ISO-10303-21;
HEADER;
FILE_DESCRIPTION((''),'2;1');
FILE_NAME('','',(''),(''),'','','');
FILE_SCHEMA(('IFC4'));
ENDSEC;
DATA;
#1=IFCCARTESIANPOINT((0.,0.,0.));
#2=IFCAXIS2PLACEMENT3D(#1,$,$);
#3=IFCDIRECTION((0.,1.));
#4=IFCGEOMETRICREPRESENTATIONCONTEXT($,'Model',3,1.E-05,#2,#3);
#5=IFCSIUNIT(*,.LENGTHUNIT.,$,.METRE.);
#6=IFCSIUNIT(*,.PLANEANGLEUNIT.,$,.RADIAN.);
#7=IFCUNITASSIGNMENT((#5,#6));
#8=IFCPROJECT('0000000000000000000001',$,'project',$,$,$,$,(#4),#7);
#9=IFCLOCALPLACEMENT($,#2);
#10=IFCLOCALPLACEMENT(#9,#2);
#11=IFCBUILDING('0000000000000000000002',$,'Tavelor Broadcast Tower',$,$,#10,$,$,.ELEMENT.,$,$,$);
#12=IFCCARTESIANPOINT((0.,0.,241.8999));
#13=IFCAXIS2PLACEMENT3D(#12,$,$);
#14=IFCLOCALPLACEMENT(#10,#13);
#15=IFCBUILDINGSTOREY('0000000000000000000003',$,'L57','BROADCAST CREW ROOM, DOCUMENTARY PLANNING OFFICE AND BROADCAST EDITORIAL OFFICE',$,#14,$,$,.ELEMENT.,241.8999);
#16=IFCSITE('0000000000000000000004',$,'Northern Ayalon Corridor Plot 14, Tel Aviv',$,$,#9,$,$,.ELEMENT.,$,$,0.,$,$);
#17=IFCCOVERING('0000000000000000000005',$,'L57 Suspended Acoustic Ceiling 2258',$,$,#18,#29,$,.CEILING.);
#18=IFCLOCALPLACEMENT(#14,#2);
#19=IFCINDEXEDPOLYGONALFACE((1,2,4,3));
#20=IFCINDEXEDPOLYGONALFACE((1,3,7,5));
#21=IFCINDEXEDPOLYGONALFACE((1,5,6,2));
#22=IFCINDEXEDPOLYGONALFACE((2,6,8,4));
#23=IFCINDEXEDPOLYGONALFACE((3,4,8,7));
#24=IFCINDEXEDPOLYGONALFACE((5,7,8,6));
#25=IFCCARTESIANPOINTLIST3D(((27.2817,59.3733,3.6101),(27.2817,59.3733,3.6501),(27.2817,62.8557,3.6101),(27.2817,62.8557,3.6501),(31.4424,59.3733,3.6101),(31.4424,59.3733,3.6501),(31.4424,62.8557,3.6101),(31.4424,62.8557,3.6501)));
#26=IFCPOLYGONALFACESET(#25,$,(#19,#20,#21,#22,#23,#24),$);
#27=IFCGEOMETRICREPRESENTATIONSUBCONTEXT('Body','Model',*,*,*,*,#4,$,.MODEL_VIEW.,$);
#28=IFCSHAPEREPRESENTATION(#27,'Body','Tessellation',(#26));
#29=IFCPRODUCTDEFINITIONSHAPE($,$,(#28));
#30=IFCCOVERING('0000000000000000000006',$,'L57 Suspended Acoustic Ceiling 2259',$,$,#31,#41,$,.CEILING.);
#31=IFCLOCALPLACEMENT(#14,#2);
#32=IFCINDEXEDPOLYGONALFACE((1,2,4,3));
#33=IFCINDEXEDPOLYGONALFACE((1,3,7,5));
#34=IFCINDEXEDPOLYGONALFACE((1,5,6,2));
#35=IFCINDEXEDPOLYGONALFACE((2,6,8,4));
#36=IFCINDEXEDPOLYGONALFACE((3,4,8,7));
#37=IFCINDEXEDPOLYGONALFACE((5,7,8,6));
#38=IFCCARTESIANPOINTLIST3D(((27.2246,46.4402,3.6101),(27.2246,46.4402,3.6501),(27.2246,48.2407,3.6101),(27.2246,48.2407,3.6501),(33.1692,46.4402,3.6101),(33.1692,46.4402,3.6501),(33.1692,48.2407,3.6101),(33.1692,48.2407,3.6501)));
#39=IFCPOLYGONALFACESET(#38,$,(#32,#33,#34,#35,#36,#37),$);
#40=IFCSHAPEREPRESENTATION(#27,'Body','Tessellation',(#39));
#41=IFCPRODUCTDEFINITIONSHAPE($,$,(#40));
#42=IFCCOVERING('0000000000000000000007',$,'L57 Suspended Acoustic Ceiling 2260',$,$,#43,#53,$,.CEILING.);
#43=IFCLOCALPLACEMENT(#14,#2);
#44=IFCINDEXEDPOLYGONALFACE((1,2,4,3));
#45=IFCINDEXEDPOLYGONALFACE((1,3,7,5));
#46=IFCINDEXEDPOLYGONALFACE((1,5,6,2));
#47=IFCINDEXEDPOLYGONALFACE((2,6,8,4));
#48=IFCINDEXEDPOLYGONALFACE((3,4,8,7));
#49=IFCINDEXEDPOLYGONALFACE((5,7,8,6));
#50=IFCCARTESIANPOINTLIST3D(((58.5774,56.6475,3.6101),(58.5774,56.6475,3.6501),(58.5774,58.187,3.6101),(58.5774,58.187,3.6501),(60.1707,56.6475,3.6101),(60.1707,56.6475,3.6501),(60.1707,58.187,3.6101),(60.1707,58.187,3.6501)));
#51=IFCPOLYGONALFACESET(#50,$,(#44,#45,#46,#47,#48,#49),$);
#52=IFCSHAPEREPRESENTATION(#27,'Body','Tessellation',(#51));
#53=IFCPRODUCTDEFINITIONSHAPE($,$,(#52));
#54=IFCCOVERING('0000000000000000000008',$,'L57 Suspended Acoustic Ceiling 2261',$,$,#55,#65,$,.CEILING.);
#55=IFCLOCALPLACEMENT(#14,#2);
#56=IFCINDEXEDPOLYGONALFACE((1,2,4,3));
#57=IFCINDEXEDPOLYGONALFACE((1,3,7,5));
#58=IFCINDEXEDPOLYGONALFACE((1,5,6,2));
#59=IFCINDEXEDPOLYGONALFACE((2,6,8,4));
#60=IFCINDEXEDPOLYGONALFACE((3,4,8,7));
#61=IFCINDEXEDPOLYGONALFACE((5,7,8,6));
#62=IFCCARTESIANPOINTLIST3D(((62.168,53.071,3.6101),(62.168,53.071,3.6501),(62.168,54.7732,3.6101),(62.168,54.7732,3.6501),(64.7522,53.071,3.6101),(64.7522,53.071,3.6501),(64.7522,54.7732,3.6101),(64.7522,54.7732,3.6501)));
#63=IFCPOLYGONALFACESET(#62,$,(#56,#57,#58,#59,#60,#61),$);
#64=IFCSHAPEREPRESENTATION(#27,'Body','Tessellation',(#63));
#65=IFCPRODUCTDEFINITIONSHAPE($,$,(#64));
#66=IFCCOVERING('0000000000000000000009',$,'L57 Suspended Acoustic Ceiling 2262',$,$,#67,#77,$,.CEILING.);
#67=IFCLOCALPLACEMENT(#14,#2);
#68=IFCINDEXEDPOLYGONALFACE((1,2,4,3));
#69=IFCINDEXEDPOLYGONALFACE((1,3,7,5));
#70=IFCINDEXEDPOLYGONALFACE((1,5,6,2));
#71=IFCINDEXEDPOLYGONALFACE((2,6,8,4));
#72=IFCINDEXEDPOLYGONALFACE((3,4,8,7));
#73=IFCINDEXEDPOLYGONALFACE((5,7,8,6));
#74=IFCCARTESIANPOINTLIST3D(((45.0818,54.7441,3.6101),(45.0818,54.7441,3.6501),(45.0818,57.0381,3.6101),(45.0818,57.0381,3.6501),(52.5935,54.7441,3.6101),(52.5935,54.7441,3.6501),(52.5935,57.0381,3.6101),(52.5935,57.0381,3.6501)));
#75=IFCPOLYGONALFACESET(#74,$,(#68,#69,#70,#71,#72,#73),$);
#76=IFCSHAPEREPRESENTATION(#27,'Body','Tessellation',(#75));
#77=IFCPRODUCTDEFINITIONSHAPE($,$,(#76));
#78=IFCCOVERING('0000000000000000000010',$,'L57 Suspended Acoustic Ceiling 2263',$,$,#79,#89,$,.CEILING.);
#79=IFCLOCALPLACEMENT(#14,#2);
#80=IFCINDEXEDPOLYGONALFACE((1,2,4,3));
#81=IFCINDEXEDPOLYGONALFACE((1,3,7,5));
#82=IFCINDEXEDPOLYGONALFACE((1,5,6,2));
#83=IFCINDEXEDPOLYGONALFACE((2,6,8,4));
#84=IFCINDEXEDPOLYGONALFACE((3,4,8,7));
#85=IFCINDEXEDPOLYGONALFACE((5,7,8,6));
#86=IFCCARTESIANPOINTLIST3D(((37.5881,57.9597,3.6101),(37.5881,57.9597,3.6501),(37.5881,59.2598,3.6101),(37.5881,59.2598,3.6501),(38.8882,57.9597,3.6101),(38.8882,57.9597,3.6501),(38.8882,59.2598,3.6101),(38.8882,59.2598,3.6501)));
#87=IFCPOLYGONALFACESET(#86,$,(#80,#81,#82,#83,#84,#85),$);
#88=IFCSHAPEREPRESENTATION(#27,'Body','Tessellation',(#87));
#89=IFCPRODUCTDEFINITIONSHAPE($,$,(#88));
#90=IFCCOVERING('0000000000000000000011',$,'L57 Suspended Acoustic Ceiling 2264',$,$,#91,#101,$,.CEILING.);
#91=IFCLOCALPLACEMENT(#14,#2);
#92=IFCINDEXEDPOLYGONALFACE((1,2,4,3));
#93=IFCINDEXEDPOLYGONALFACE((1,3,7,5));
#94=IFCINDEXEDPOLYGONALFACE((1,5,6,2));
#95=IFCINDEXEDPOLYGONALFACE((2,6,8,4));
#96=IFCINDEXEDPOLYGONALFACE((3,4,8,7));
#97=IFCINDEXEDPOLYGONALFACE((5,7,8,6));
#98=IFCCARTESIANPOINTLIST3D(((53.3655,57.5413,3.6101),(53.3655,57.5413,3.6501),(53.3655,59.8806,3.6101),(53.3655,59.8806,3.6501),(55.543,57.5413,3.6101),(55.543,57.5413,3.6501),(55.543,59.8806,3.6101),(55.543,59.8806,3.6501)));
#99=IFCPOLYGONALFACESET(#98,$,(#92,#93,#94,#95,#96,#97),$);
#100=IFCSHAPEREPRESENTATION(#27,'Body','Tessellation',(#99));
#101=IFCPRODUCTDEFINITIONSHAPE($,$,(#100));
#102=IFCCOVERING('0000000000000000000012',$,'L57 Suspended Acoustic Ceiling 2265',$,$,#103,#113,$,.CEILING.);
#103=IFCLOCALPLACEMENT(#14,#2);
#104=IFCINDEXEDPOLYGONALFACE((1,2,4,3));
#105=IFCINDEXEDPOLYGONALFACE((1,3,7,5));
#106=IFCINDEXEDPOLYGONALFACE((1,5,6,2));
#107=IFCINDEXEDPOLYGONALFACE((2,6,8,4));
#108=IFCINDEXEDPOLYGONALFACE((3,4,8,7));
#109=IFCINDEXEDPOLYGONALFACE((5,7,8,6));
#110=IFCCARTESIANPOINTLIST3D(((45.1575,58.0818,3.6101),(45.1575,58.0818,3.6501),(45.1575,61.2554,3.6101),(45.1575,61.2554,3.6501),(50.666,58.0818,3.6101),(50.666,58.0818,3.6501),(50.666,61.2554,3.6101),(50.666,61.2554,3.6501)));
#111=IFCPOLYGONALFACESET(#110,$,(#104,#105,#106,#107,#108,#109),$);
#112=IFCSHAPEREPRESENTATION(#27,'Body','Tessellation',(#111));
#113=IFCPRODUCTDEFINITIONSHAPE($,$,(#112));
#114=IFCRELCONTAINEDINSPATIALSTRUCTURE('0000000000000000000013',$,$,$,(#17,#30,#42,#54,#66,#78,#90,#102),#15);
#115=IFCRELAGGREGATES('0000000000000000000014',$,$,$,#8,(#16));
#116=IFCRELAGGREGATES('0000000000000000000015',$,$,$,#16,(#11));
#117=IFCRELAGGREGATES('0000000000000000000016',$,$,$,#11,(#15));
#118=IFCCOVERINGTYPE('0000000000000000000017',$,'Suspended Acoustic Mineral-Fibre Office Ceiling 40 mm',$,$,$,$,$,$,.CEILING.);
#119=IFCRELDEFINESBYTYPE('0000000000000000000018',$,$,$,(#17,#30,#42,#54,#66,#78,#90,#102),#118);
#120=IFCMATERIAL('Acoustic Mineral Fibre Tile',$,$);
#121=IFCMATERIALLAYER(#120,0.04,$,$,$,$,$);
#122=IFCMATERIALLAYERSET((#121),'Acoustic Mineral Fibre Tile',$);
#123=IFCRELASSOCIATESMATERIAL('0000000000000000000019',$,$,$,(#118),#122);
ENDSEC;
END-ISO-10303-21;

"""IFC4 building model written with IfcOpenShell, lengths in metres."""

from ifc_helpers import new_model, si_unit, direction, frame, origin, place, context, subcontext, project, spatial, polyline, outline, extrude, material, layer, layer_set, type_object, element, save


model = new_model("IFC4")

# Units and contexts
model_context = context("Model", 3, precision=1e-05, world=origin(), true_north=direction((0.0, 1.0)))
body_context = subcontext(model_context, "Body", "Model", "MODEL_VIEW")
ifc_project = project(units=[si_unit("LENGTHUNIT", "METRE"), si_unit("PLANEANGLEUNIT", "RADIAN")], contexts=[model_context])

# Site, building, storey
site_placement = place(None, origin())
site = spatial("IfcSite", under=ifc_project, at=site_placement, Name="Northern Ayalon Corridor Plot 14, Tel Aviv", CompositionType="ELEMENT", RefElevation=0.0)
building_placement = place(site_placement, origin())
building = spatial("IfcBuilding", under=site, at=building_placement, Name="Tavelor Broadcast Tower", CompositionType="ELEMENT")
storey_placement = place(building_placement, frame((0.0, 0.0, 241.8999)))
storey = spatial("IfcBuildingStorey", under=building, at=storey_placement, Name="L57", Description="BROADCAST CREW ROOM, DOCUMENTARY PLANNING OFFICE AND BROADCAST EDITORIAL OFFICE", CompositionType="ELEMENT", Elevation=241.8999)

# Coverings
ifc_material_1 = material(Name="Acoustic Mineral Fibre Tile")
ifc_layer_1 = layer(ifc_material_1, 0.04)
ifc_layer_set_1 = layer_set([ifc_layer_1], Name="Acoustic Mineral Fibre Tile")
covering_type_1 = type_object("IfcCoveringType", Name="Suspended Acoustic Mineral-Fibre Office Ceiling 40 mm", PredefinedType="CEILING", material=ifc_layer_set_1)
covering_1_placement = place(storey_placement, frame((0.0, 0.0, 3.6101)))
element("IfcCovering", 1, at=covering_1_placement, inside=storey, type_object=covering_type_1, Name="L57 Suspended Acoustic Ceiling 2258", PredefinedType="CEILING", context=body_context, shape_type="SweptSolid", body=[
    extrude(outline(polyline([(27.2817, 59.3733), (31.4424, 59.3733), (31.4424, 62.8557), (27.2817, 62.8557), (27.2817, 59.3733)])), origin(), (0.0, 0.0, 1.0), 0.04),
])
covering_2_placement = place(storey_placement, frame((0.0, 0.0, 3.6101)))
element("IfcCovering", 2, at=covering_2_placement, inside=storey, type_object=covering_type_1, Name="L57 Suspended Acoustic Ceiling 2259", PredefinedType="CEILING", context=body_context, shape_type="SweptSolid", body=[
    extrude(outline(polyline([(27.2246, 46.4402), (33.1692, 46.4402), (33.1692, 48.2407), (27.2246, 48.2407), (27.2246, 46.4402)])), origin(), (0.0, 0.0, 1.0), 0.04),
])
covering_3_placement = place(storey_placement, frame((0.0, 0.0, 3.6101)))
element("IfcCovering", 3, at=covering_3_placement, inside=storey, type_object=covering_type_1, Name="L57 Suspended Acoustic Ceiling 2260", PredefinedType="CEILING", context=body_context, shape_type="SweptSolid", body=[
    extrude(outline(polyline([(58.5774, 56.6475), (60.1707, 56.6475), (60.1707, 58.187), (58.5774, 58.187), (58.5774, 56.6475)])), origin(), (0.0, 0.0, 1.0), 0.04),
])
covering_4_placement = place(storey_placement, frame((0.0, 0.0, 3.6101)))
element("IfcCovering", 4, at=covering_4_placement, inside=storey, type_object=covering_type_1, Name="L57 Suspended Acoustic Ceiling 2261", PredefinedType="CEILING", context=body_context, shape_type="SweptSolid", body=[
    extrude(outline(polyline([(62.168, 53.071), (64.7522, 53.071), (64.7522, 54.7732), (62.168, 54.7732), (62.168, 53.071)])), origin(), (0.0, 0.0, 1.0), 0.04),
])
covering_5_placement = place(storey_placement, frame((0.0, 0.0, 3.6101)))
element("IfcCovering", 5, at=covering_5_placement, inside=storey, type_object=covering_type_1, Name="L57 Suspended Acoustic Ceiling 2262", PredefinedType="CEILING", context=body_context, shape_type="SweptSolid", body=[
    extrude(outline(polyline([(45.0818, 54.7441), (52.5935, 54.7441), (52.5935, 57.0381), (45.0818, 57.0381), (45.0818, 54.7441)])), origin(), (0.0, 0.0, 1.0), 0.04),
])
covering_6_placement = place(storey_placement, frame((0.0, 0.0, 3.6101)))
element("IfcCovering", 6, at=covering_6_placement, inside=storey, type_object=covering_type_1, Name="L57 Suspended Acoustic Ceiling 2263", PredefinedType="CEILING", context=body_context, shape_type="SweptSolid", body=[
    extrude(outline(polyline([(37.5881, 57.9597), (38.8882, 57.9597), (38.8882, 59.2598), (37.5881, 59.2598), (37.5881, 57.9597)])), origin(), (0.0, 0.0, 1.0), 0.04),
])
covering_7_placement = place(storey_placement, frame((0.0, 0.0, 3.6101)))
element("IfcCovering", 7, at=covering_7_placement, inside=storey, type_object=covering_type_1, Name="L57 Suspended Acoustic Ceiling 2264", PredefinedType="CEILING", context=body_context, shape_type="SweptSolid", body=[
    extrude(outline(polyline([(53.3655, 57.5413), (55.543, 57.5413), (55.543, 59.8806), (53.3655, 59.8806), (53.3655, 57.5413)])), origin(), (0.0, 0.0, 1.0), 0.04),
])
covering_8_placement = place(storey_placement, frame((0.0, 0.0, 3.6101)))
element("IfcCovering", 8, at=covering_8_placement, inside=storey, type_object=covering_type_1, Name="L57 Suspended Acoustic Ceiling 2265", PredefinedType="CEILING", context=body_context, shape_type="SweptSolid", body=[
    extrude(outline(polyline([(45.1575, 58.0818), (50.666, 58.0818), (50.666, 61.2554), (45.1575, 61.2554), (45.1575, 58.0818)])), origin(), (0.0, 0.0, 1.0), 0.04),
])

save(model, "model.ifc")
